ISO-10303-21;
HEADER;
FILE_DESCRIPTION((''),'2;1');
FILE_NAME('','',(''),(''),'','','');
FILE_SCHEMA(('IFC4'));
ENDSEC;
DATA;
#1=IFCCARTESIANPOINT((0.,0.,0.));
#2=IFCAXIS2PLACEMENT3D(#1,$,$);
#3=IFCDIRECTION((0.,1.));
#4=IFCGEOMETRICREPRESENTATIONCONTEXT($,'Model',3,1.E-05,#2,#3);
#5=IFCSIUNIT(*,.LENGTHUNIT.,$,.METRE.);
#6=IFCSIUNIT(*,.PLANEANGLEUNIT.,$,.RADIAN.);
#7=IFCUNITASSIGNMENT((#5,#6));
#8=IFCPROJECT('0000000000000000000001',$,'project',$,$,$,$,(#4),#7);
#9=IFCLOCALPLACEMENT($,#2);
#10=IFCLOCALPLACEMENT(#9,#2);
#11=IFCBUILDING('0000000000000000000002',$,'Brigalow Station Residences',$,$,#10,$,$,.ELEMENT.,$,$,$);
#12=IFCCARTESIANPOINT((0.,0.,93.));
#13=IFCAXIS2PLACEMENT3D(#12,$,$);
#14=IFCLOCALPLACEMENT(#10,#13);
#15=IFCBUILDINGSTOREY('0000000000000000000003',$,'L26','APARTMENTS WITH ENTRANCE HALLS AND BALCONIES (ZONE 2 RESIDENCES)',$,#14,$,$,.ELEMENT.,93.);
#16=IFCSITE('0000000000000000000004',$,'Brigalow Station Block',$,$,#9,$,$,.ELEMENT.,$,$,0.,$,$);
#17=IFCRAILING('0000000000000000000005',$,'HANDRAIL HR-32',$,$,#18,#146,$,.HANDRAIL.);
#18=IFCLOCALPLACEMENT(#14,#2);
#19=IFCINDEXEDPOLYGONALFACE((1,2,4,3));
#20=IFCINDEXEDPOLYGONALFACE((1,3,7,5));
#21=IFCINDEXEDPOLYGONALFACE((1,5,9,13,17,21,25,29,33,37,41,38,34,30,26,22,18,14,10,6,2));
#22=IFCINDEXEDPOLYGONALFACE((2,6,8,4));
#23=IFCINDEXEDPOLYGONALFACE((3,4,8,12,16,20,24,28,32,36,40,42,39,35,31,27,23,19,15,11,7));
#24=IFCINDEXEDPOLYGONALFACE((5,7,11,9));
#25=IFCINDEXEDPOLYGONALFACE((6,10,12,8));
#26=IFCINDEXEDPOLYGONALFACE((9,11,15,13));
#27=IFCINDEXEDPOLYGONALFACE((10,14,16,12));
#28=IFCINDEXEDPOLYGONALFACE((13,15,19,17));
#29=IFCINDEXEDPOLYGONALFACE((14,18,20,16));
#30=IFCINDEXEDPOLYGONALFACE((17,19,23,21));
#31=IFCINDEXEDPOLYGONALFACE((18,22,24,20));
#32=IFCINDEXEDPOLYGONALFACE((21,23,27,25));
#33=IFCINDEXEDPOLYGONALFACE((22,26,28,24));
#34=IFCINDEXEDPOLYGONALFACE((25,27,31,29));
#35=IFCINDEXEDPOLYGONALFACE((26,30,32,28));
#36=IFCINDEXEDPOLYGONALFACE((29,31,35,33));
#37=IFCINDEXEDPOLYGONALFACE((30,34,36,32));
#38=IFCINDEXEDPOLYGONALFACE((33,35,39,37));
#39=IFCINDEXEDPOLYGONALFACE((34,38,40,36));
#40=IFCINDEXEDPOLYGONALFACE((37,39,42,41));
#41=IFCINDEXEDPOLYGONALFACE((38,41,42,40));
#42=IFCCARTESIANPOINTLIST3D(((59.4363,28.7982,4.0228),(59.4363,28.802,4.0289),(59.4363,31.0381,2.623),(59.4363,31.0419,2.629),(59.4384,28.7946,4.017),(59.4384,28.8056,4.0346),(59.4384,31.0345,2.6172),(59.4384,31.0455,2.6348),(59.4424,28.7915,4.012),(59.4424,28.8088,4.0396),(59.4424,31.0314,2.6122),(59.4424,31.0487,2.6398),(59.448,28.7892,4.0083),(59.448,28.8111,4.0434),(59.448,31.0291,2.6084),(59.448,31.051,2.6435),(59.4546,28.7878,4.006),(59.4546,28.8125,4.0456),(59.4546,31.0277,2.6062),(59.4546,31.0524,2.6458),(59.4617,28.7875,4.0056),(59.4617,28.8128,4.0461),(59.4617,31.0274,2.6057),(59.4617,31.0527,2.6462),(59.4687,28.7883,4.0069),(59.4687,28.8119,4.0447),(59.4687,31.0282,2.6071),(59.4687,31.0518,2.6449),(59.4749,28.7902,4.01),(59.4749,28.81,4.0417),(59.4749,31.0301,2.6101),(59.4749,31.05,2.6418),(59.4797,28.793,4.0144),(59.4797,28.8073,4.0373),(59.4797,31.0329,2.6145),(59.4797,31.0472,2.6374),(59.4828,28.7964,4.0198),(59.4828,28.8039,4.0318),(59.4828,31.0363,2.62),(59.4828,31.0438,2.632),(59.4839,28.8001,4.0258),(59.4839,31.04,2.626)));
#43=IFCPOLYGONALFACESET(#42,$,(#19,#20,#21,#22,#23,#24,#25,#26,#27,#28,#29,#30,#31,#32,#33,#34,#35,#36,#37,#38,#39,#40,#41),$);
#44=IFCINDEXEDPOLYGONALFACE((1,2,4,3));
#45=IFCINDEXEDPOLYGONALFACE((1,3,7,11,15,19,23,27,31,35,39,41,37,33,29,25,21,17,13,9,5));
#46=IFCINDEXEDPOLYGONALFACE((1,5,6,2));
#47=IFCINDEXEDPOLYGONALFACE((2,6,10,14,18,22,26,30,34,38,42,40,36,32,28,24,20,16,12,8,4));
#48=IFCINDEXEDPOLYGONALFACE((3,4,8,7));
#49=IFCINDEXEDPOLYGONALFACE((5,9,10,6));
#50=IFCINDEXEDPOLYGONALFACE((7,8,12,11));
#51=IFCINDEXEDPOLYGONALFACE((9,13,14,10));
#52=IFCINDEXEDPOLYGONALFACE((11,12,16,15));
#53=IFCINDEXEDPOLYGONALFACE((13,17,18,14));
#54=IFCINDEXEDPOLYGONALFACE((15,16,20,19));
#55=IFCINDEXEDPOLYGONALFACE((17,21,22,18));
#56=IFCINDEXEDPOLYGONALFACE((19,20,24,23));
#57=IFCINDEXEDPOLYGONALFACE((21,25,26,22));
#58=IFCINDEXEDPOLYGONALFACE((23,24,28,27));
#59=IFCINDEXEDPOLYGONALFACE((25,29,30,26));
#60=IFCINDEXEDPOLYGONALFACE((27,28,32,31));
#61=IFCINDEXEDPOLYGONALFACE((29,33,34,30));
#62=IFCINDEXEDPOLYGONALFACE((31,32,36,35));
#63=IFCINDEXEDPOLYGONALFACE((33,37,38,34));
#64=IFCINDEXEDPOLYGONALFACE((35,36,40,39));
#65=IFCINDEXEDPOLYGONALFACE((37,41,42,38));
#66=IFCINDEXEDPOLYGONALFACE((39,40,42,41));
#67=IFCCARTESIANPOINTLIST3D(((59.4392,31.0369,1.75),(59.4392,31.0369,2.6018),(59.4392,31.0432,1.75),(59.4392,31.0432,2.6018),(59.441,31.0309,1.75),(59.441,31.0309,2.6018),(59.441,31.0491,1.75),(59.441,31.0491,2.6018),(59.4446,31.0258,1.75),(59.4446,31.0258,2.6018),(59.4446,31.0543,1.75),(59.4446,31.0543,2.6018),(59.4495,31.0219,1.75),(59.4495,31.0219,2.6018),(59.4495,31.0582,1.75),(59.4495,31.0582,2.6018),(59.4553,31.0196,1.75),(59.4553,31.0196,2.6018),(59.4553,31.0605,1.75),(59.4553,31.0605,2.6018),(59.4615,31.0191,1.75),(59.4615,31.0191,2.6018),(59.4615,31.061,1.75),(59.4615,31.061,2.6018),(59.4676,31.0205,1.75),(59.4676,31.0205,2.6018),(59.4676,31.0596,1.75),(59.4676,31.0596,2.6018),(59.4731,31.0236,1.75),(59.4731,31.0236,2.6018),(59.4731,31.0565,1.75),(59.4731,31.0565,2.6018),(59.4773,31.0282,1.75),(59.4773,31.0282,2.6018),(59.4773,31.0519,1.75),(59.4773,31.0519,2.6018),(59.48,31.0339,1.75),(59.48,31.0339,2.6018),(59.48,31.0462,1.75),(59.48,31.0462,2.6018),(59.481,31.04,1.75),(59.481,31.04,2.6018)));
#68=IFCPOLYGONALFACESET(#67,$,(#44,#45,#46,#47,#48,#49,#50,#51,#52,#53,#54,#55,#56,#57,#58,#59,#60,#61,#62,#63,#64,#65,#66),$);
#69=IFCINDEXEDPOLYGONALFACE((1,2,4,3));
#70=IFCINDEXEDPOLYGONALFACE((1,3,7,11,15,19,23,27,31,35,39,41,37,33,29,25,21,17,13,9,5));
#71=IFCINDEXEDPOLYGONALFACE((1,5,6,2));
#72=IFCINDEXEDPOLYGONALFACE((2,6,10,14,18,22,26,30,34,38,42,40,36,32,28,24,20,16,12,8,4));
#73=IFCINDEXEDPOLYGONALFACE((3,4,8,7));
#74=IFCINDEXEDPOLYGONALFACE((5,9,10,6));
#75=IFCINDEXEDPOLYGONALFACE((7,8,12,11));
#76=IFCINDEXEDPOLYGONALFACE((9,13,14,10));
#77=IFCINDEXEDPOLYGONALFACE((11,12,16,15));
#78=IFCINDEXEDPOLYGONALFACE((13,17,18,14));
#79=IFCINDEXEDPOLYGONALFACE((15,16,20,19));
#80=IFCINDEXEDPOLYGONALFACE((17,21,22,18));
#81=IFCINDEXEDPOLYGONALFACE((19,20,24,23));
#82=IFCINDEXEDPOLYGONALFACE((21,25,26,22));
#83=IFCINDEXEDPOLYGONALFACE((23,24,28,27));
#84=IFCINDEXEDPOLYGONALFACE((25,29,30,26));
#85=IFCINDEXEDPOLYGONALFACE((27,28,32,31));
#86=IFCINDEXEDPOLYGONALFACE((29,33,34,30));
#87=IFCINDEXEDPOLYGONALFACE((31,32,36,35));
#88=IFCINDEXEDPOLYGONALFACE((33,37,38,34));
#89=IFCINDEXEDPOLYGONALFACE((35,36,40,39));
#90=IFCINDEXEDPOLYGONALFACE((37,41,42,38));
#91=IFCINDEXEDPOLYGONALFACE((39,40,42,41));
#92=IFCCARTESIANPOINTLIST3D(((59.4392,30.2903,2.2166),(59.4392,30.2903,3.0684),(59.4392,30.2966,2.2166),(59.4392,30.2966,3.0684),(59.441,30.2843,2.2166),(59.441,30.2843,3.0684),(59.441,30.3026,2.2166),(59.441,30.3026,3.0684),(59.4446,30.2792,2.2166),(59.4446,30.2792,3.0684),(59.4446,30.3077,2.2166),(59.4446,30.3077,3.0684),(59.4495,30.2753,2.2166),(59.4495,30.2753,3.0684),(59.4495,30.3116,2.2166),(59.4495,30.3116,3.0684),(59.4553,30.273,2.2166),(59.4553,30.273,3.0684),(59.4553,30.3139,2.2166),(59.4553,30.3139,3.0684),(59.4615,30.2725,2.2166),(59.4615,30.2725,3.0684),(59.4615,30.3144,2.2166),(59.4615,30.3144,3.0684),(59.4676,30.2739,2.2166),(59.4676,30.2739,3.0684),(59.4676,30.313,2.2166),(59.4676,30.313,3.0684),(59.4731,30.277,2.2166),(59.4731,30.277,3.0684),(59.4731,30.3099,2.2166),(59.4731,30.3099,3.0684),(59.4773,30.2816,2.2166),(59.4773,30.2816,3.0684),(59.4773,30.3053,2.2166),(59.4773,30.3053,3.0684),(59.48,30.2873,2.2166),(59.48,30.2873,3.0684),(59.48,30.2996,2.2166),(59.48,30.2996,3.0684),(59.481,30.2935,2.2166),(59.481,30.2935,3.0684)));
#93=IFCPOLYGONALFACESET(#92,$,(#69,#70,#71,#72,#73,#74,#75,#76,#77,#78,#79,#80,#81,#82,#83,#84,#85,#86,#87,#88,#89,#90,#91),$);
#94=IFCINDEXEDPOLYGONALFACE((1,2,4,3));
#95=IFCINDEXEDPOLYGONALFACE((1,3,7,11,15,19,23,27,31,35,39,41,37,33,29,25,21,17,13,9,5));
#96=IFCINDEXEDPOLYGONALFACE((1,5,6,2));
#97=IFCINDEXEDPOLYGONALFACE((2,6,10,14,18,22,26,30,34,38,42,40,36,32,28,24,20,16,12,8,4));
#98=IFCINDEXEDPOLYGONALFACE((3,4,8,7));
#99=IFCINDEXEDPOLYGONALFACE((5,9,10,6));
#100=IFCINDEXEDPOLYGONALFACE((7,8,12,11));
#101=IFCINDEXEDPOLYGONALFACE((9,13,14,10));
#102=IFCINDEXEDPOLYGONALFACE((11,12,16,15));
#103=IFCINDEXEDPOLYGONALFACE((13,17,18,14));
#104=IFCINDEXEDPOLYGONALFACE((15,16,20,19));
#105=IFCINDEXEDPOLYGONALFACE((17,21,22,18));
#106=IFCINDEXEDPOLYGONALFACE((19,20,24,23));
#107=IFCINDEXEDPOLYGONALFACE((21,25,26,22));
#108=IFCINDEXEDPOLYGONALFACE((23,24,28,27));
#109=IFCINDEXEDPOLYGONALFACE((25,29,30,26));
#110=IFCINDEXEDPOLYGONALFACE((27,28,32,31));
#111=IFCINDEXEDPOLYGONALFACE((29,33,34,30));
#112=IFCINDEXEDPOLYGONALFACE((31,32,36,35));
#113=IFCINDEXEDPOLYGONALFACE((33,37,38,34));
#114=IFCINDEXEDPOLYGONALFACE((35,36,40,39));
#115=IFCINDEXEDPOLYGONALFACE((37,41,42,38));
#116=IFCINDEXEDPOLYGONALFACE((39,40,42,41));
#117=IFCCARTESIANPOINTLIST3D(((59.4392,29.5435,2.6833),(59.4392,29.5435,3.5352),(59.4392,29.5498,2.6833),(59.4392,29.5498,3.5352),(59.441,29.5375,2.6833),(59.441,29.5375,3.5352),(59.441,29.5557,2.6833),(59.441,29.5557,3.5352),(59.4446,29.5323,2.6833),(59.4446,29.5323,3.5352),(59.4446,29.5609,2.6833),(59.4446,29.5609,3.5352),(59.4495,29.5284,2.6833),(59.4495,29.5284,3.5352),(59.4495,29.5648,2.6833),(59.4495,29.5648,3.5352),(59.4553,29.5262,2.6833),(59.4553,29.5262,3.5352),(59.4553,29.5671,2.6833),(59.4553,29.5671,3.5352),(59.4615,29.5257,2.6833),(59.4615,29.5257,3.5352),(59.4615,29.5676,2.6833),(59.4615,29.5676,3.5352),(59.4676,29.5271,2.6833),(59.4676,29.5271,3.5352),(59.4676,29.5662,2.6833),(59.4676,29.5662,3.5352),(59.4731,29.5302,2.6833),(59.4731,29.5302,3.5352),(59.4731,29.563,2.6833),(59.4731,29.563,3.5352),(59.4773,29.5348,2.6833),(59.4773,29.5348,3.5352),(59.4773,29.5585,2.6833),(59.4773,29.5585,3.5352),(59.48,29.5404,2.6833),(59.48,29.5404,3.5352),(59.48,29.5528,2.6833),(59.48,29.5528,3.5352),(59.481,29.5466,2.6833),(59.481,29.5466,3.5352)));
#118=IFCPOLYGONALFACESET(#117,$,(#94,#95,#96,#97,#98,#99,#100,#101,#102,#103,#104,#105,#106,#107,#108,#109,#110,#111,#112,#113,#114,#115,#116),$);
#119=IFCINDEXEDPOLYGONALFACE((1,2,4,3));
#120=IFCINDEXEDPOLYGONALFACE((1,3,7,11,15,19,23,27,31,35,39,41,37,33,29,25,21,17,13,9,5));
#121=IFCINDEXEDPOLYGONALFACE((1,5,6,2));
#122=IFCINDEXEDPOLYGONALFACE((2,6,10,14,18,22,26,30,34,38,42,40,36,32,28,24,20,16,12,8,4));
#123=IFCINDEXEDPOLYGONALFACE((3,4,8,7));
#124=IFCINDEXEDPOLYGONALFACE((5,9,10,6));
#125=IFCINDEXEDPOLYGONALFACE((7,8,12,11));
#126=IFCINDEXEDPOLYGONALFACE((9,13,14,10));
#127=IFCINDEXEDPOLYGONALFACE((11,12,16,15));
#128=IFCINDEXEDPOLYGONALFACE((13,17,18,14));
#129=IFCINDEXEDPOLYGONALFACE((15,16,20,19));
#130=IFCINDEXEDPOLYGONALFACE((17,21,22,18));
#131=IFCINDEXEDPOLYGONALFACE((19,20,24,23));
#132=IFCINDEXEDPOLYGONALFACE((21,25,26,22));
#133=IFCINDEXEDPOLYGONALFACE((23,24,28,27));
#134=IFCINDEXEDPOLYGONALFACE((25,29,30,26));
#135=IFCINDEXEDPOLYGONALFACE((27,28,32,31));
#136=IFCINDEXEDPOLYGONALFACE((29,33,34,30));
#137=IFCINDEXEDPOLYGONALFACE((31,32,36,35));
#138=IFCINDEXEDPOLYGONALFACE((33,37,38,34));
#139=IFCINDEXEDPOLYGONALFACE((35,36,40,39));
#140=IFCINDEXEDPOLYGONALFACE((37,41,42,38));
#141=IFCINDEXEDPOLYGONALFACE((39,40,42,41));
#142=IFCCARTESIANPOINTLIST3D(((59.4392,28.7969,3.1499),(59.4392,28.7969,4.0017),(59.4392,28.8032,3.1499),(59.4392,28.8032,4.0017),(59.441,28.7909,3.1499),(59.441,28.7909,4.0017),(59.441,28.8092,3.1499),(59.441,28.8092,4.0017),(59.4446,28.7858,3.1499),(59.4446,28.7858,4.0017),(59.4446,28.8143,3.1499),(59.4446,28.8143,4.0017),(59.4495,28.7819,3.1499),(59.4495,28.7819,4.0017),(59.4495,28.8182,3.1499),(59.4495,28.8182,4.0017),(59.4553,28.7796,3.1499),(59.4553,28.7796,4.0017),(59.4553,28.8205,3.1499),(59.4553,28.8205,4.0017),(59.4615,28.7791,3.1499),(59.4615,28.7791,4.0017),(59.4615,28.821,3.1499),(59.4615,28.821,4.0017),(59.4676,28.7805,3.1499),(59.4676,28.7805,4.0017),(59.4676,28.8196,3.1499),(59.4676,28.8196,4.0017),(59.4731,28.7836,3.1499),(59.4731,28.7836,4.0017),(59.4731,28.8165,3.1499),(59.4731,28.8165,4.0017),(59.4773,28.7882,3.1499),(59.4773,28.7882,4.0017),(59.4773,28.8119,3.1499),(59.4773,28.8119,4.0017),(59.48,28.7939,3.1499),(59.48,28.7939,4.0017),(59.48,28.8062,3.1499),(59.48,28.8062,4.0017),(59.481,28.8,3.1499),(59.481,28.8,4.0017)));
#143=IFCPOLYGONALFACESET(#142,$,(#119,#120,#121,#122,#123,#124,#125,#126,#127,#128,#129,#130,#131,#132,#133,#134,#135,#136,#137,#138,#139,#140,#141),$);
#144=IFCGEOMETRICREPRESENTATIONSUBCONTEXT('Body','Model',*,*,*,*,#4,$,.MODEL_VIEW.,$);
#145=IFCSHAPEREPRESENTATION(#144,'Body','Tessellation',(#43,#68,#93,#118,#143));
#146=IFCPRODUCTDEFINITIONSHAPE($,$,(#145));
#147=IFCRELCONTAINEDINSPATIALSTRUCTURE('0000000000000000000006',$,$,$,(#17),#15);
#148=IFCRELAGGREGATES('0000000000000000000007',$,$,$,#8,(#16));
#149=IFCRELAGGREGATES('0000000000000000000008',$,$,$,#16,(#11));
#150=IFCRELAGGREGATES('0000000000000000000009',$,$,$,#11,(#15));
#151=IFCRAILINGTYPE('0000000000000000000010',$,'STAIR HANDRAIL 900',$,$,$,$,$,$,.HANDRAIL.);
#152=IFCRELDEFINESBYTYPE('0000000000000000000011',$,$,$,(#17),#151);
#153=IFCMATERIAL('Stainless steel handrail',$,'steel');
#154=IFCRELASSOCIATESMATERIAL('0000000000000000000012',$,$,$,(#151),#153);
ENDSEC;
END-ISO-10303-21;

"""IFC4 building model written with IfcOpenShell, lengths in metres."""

from ifc_helpers import new_model, si_unit, direction, frame, origin, origin_2d, place, context, subcontext, project, spatial, circle, extrude, material, type_object, element, save


model = new_model("IFC4")

# Units and contexts
model_context = context("Model", 3, precision=1e-05, world=origin(), true_north=direction((0.0, 1.0)))
body_context = subcontext(model_context, "Body", "Model", "MODEL_VIEW")
ifc_project = project(units=[si_unit("LENGTHUNIT", "METRE"), si_unit("PLANEANGLEUNIT", "RADIAN")], contexts=[model_context])

# Site, building, storey
site_placement = place(None, origin())
site = spatial("IfcSite", under=ifc_project, at=site_placement, Name="Brigalow Station Block", CompositionType="ELEMENT", RefElevation=0.0)
building_placement = place(site_placement, origin())
building = spatial("IfcBuilding", under=site, at=building_placement, Name="Brigalow Station Residences", CompositionType="ELEMENT")
storey_placement = place(building_placement, frame((0.0, 0.0, 93.0)))
storey = spatial("IfcBuildingStorey", under=building, at=storey_placement, Name="L26", Description="APARTMENTS WITH ENTRANCE HALLS AND BALCONIES (ZONE 2 RESIDENCES)", CompositionType="ELEMENT", Elevation=93.0)

# Railing
ifc_material_1 = material(Name="Stainless steel handrail", Category="steel")
railing_type = type_object("IfcRailingType", Name="STAIR HANDRAIL 900", PredefinedType="HANDRAIL", material=ifc_material_1)
railing_placement = place(storey_placement, frame((59.46, 31.04, 1.75)))
element("IfcRailing", 1, at=railing_placement, inside=storey, type_object=railing_type, Name="HANDRAIL HR-32", PredefinedType="HANDRAIL", context=body_context, shape_type="SweptSolid", body=[
    extrude(circle(Radius=0.0239, at=origin_2d()), frame((0.0, 0.0, 0.876), z_axis=(0.0, -0.848014, 0.529974), x_axis=(1.0, 0.0, 0.0)), (0.0, 0.0, 1.0), 2.6414),
    extrude(circle(Radius=0.021, at=origin_2d()), origin(), (0.0, 0.0, 1.0), 0.8518),
    extrude(circle(Radius=0.021, at=origin_2d()), frame((0.0, -0.7466, 0.4666)), (0.0, 0.0, 1.0), 0.8518),
    extrude(circle(Radius=0.021, at=origin_2d()), frame((0.0, -1.4934, 0.9333)), (0.0, 0.0, 1.0), 0.8518),
    extrude(circle(Radius=0.021, at=origin_2d()), frame((0.0, -2.24, 1.3999)), (0.0, 0.0, 1.0), 0.8518),
])

save(model, "model.ifc")
